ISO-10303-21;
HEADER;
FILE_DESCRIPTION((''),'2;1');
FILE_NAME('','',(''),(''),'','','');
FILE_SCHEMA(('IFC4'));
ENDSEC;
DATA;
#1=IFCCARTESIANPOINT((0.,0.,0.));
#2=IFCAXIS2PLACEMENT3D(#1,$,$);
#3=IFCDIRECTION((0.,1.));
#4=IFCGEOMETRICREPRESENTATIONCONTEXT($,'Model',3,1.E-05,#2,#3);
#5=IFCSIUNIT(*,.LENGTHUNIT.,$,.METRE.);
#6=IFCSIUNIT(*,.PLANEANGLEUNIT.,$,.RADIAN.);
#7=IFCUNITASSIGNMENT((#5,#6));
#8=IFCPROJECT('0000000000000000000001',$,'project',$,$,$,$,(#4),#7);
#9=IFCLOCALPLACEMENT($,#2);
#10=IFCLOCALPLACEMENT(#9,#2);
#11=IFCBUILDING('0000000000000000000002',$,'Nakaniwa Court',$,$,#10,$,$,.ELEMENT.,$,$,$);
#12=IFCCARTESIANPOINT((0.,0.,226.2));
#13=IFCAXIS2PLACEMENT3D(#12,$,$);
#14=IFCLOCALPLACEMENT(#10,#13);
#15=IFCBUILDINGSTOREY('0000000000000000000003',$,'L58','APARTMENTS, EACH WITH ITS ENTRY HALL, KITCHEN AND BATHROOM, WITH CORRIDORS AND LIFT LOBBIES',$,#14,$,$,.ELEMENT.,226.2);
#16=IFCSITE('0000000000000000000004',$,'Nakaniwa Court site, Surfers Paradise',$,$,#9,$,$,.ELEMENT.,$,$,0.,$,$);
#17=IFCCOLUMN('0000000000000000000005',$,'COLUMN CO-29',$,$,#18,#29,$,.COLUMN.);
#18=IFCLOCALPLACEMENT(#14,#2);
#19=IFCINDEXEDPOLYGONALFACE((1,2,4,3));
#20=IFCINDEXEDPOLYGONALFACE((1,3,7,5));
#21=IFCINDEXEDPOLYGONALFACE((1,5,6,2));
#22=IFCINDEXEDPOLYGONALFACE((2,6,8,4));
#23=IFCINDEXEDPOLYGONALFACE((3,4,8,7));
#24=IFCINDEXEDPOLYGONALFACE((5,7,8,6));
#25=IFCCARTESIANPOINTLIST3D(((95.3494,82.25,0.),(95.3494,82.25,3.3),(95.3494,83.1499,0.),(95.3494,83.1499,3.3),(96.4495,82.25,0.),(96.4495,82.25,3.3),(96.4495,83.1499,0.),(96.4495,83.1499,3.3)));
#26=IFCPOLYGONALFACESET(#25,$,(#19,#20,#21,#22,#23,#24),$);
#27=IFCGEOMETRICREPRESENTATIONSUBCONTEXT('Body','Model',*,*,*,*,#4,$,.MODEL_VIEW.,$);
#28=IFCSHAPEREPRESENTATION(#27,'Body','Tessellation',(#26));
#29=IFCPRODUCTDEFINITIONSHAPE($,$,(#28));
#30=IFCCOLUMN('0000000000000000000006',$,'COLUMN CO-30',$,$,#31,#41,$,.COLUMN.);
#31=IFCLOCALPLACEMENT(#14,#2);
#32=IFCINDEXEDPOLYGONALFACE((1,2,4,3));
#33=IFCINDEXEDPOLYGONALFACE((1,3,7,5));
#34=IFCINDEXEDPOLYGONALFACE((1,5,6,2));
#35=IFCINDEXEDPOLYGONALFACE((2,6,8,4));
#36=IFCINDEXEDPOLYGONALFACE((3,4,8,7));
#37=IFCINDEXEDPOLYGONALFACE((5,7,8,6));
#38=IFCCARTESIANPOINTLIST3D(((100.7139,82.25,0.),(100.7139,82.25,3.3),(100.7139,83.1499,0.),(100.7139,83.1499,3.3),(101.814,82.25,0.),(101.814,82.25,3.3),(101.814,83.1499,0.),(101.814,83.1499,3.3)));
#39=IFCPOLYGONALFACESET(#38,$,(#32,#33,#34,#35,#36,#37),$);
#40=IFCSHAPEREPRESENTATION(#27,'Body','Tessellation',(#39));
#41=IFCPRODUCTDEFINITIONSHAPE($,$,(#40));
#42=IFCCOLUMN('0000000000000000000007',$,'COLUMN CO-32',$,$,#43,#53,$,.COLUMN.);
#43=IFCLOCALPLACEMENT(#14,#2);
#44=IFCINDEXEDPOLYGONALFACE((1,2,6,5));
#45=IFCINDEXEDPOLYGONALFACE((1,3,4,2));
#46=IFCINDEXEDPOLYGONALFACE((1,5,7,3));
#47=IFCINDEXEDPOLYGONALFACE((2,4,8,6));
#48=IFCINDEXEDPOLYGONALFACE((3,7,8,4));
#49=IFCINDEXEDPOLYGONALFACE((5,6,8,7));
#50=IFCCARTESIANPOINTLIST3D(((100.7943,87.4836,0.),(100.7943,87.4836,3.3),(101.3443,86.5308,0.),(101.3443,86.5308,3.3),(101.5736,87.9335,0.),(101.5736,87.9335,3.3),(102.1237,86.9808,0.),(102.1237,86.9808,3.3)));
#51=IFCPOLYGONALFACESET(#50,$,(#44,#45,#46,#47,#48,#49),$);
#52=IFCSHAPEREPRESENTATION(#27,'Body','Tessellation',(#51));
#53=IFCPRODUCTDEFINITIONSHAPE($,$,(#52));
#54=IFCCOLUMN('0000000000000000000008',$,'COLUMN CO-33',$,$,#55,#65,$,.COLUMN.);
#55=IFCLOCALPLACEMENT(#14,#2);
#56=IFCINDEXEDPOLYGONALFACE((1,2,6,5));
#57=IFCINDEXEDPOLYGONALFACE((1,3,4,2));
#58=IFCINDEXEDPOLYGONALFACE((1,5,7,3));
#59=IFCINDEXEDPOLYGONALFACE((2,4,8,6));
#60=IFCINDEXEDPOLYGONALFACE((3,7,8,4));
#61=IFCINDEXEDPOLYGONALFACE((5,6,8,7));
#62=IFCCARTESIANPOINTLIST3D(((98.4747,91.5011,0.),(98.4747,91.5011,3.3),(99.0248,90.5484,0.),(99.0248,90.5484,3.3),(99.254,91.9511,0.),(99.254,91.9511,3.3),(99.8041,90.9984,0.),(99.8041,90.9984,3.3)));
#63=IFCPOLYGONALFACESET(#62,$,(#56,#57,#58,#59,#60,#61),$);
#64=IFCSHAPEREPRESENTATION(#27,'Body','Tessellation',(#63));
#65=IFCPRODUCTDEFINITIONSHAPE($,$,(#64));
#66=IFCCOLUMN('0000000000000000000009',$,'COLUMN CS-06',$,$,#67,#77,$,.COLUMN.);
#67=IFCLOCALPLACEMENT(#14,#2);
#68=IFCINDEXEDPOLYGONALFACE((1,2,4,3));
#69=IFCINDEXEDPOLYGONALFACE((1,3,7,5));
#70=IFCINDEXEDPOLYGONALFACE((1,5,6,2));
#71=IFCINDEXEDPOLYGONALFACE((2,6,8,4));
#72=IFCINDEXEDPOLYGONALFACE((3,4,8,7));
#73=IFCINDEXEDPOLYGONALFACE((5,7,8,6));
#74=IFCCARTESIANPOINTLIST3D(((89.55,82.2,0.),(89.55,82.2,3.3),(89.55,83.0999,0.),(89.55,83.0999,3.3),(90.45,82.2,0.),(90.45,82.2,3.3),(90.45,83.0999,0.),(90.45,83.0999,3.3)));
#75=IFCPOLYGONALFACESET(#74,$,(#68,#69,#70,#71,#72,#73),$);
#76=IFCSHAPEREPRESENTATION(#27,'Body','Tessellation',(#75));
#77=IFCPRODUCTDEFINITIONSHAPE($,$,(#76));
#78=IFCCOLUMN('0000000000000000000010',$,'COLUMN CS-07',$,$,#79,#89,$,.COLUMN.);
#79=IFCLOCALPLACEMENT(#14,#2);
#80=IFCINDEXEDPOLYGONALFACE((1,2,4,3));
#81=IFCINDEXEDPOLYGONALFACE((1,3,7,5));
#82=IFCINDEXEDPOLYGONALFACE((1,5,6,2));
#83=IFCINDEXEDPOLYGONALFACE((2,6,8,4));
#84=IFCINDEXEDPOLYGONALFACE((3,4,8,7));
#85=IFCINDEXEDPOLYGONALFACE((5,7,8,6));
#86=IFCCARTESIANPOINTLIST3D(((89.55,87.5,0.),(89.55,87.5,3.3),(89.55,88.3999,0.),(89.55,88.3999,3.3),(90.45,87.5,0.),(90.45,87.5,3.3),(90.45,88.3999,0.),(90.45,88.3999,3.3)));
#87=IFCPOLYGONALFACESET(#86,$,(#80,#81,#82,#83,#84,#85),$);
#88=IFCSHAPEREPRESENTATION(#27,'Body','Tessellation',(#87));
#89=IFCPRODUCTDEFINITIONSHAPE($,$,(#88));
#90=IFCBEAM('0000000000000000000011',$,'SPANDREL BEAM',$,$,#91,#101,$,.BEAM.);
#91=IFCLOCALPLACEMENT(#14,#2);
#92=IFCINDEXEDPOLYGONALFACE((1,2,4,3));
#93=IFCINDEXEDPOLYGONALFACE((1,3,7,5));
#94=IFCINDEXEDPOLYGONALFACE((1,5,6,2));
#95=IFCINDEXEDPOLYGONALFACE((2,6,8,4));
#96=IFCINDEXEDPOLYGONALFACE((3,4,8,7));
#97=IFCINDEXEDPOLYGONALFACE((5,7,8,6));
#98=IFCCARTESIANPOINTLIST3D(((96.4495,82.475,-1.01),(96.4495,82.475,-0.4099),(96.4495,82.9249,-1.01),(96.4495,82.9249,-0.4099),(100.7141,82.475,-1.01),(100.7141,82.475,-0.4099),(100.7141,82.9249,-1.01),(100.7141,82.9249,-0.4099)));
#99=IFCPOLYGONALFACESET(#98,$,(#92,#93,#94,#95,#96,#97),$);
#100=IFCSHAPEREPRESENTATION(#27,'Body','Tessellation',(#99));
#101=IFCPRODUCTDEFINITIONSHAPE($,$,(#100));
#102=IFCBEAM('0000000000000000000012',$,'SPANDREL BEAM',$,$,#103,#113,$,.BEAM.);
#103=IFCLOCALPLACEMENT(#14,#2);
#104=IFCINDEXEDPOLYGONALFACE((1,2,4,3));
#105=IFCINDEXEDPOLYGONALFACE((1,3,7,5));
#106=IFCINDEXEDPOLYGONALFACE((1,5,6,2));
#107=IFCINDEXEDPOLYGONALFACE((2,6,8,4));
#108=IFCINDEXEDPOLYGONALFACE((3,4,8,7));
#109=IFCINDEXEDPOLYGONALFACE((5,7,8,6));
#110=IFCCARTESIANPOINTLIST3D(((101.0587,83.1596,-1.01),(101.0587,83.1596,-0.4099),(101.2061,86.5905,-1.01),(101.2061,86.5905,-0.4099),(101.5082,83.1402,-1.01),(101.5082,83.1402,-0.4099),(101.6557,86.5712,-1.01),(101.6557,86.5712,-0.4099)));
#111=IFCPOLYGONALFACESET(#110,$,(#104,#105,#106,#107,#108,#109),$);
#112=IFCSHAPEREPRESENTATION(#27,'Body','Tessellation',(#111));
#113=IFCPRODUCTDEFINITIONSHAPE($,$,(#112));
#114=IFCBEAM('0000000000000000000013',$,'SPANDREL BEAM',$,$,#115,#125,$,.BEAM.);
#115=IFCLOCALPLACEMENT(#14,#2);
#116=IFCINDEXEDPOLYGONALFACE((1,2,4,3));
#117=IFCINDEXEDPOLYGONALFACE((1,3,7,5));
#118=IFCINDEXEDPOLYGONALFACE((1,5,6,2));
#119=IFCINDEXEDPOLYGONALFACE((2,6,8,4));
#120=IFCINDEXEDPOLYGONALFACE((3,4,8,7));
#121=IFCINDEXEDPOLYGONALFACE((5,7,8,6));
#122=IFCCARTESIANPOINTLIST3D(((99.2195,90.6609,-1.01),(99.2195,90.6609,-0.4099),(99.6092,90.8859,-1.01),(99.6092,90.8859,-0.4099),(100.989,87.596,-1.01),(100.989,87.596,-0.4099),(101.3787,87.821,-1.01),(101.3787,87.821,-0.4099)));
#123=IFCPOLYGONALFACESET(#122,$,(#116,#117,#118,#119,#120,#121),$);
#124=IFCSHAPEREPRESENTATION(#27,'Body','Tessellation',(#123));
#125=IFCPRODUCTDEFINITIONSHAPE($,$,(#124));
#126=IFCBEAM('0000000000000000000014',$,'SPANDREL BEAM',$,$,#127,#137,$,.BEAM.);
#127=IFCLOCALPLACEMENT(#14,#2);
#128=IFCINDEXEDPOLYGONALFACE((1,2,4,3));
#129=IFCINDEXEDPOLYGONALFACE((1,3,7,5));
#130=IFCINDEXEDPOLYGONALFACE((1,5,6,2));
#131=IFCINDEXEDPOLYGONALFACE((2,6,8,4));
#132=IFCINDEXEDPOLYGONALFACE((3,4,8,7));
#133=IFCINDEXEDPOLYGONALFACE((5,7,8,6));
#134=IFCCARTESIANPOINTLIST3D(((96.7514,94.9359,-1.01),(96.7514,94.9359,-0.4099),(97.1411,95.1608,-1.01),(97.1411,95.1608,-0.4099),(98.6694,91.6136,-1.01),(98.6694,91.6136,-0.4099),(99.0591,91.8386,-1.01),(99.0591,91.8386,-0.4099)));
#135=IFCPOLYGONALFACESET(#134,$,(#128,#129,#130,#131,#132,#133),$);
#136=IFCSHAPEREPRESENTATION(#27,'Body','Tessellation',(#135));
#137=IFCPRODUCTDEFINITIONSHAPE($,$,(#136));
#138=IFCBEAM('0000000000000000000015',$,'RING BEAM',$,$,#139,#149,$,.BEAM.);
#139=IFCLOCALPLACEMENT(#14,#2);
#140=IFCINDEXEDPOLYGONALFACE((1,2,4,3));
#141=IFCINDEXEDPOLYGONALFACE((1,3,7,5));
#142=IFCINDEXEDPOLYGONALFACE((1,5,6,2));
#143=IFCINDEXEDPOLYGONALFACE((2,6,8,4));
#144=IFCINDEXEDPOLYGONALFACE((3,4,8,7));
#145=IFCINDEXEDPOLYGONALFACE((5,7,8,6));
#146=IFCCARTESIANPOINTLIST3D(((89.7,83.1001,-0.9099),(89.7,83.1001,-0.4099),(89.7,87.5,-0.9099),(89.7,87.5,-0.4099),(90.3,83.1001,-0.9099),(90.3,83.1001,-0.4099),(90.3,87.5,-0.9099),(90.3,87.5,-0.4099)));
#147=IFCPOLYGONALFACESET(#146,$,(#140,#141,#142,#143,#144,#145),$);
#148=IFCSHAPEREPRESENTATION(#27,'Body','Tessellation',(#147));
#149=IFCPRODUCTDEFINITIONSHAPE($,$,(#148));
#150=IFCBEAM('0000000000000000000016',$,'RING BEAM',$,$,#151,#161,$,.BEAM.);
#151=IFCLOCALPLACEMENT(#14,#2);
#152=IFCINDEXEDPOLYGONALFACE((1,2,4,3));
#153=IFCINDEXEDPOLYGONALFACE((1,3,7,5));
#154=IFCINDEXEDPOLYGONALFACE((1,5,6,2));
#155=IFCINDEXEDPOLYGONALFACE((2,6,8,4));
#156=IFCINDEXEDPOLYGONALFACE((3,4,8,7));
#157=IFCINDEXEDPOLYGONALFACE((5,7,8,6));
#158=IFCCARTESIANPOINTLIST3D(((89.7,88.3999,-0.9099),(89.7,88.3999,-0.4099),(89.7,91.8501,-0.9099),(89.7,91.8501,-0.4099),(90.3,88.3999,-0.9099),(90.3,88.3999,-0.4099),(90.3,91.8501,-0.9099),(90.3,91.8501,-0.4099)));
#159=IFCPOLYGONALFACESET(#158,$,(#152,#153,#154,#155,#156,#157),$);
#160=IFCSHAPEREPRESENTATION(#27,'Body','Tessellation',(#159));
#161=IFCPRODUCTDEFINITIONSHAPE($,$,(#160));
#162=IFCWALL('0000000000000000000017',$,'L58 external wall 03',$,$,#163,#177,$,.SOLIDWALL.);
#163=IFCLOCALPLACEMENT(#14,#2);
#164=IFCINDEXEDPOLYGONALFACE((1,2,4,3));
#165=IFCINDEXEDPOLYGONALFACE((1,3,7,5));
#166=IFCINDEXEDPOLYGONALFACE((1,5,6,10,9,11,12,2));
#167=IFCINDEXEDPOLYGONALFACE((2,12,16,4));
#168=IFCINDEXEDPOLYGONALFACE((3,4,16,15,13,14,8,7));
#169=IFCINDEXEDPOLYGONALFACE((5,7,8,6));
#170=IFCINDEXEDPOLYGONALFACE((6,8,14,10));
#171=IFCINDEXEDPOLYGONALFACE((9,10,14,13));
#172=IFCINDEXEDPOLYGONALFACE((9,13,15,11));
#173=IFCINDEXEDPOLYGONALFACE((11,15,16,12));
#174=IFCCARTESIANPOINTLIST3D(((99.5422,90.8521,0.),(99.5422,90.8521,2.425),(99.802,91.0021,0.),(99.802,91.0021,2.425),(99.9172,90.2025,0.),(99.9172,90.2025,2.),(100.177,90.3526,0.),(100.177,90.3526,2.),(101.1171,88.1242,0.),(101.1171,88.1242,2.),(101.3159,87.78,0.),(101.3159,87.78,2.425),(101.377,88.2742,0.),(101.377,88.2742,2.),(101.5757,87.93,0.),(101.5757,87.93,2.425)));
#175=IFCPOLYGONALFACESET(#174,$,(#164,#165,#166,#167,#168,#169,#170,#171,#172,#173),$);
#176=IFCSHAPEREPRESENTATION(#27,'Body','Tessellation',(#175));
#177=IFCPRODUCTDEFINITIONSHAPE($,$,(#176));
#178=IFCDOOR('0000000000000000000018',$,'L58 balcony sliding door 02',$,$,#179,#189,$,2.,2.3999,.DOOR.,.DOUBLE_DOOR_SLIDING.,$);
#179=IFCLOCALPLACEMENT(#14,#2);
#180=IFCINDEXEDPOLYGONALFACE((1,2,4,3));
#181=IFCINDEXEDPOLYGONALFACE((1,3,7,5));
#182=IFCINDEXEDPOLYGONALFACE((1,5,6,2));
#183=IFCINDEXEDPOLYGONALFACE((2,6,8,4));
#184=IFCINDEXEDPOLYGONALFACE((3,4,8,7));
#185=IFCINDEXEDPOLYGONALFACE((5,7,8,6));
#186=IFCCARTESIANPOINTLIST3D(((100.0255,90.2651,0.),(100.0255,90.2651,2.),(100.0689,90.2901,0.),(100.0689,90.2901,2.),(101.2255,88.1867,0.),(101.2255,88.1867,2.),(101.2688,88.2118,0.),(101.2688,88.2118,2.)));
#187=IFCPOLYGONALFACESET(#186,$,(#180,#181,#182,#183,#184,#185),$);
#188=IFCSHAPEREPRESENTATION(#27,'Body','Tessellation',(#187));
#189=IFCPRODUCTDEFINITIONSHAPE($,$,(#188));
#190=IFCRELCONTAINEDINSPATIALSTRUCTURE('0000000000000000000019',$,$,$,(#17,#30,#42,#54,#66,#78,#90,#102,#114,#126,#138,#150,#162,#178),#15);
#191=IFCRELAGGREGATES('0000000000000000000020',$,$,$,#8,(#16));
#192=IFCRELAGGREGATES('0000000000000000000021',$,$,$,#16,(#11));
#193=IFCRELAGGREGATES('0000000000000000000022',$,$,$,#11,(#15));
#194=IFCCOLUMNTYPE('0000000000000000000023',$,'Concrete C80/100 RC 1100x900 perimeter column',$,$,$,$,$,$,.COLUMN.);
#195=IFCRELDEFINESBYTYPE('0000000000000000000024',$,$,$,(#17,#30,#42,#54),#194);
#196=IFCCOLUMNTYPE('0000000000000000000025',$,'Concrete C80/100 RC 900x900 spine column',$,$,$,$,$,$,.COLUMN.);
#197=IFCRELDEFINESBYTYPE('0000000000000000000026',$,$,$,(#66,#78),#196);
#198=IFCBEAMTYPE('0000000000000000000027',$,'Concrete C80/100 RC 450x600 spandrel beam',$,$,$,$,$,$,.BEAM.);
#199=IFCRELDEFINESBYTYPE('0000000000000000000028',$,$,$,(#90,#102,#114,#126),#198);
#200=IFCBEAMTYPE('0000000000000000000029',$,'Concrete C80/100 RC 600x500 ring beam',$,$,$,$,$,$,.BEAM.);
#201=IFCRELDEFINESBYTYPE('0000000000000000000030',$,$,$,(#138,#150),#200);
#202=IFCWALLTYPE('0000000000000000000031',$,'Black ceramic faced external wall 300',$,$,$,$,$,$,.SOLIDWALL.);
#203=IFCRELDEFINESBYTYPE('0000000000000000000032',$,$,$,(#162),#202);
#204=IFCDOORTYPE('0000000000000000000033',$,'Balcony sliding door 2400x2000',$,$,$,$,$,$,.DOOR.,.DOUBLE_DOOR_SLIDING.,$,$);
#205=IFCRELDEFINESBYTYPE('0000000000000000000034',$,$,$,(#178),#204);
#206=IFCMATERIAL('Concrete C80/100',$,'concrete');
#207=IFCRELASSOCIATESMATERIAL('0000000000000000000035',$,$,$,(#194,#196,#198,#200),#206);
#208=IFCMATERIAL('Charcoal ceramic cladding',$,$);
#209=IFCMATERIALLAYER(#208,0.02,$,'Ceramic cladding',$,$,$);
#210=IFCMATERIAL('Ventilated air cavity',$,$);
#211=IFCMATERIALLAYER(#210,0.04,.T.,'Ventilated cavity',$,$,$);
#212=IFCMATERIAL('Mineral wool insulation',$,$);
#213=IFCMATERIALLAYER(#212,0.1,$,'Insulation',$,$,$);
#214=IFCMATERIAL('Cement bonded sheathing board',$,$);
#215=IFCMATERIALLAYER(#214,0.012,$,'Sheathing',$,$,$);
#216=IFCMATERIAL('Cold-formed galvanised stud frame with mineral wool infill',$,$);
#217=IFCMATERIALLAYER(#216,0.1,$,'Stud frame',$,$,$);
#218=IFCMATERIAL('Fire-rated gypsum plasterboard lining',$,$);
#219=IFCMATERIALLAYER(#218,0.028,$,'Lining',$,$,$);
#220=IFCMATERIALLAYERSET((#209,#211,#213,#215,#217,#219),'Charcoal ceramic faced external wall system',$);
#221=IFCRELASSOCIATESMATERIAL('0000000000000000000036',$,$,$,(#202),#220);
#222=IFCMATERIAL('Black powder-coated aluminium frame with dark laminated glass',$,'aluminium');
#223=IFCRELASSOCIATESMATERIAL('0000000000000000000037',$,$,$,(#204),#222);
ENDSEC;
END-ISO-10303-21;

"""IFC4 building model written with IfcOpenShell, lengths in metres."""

from ifc_helpers import new_model, si_unit, direction, frame, frame_2d, origin, origin_2d, place, context, subcontext, project, spatial, rectangle, extrude, material, layer, layer_set, material_profile, profile_set, type_object, element, fill, save


model = new_model("IFC4")

# Units and contexts
model_context = context("Model", 3, precision=1e-05, world=origin(), true_north=direction((0.0, 1.0)))
body_context = subcontext(model_context, "Body", "Model", "MODEL_VIEW")
ifc_project = project(units=[si_unit("LENGTHUNIT", "METRE"), si_unit("PLANEANGLEUNIT", "RADIAN")], contexts=[model_context])

# Site, building, storey
site_placement = place(None, origin())
site = spatial("IfcSite", under=ifc_project, at=site_placement, Name="Nakaniwa Court site, Surfers Paradise", CompositionType="ELEMENT", RefElevation=0.0)
building_placement = place(site_placement, origin())
building = spatial("IfcBuilding", under=site, at=building_placement, Name="Nakaniwa Court", CompositionType="ELEMENT")
storey_placement = place(building_placement, frame((0.0, 0.0, 226.2)))
storey = spatial("IfcBuildingStorey", under=building, at=storey_placement, Name="L58", Description="APARTMENTS, EACH WITH ITS ENTRY HALL, KITCHEN AND BATHROOM, WITH CORRIDORS AND LIFT LOBBIES", CompositionType="ELEMENT", Elevation=226.2)

# Columns
ifc_material_1 = material(Name="Concrete C80/100", Category="concrete")
ifc_material_profile_1 = material_profile(ifc_material_1, rectangle(XDim=1.1001, YDim=0.8999, at=origin_2d()), Name="Concrete C80/100 RC 1100x900 perimeter column")
ifc_profile_set_1 = profile_set([ifc_material_profile_1], Name="Concrete C80/100")
column_type_1 = type_object("IfcColumnType", Name="Concrete C80/100 RC 1100x900 perimeter column", PredefinedType="COLUMN", material=ifc_profile_set_1)
for number, where, z_axis, x_axis, name in (
    (1, (95.8994, 82.7, 0.0), (0.0, 0.0, 1.0), (1.0, 0.0, 0.0), "COLUMN CO-29"),
    (2, (101.2639, 82.7, 0.0), (0.0, 0.0, 1.0), (1.0, 0.0, 0.0), "COLUMN CO-30"),
    (3, (101.459, 87.2322, 0.0), (0.0, 0.0, 1.0), (-0.5, 0.866025, 0.0), "COLUMN CO-32"),
    (4, (99.1394, 91.2498, 0.0), (0.0, 0.0, 1.0), (-0.5, 0.866025, 0.0), "COLUMN CO-33"),
):
    element("IfcColumn", number, at=place(storey_placement, frame(where, z_axis=z_axis, x_axis=x_axis)), inside=storey, type_object=column_type_1, Name=name, PredefinedType="COLUMN", context=body_context, shape_type="SweptSolid", body=[
        extrude(rectangle(XDim=1.1001, YDim=0.8999, at=origin_2d()), origin(), (0.0, 0.0, 1.0), 3.3),
    ])
ifc_material_profile_2 = material_profile(ifc_material_1, rectangle(XDim=0.8999, YDim=0.8999, at=origin_2d()), Name="Concrete C80/100 RC 900x900 spine column")
ifc_profile_set_2 = profile_set([ifc_material_profile_2], Name="Concrete C80/100")
column_type_2 = type_object("IfcColumnType", Name="Concrete C80/100 RC 900x900 spine column", PredefinedType="COLUMN", material=ifc_profile_set_2)
for number, where, z_axis, x_axis, name in (
    (5, (90.0, 82.6499, 0.0), (0.0, 0.0, 1.0), (0.0, 1.0, 0.0), "COLUMN CS-06"),
    (6, (90.0, 87.95, 0.0), (0.0, 0.0, 1.0), (0.0, 1.0, 0.0), "COLUMN CS-07"),
):
    element("IfcColumn", number, at=place(storey_placement, frame(where, z_axis=z_axis, x_axis=x_axis)), inside=storey, type_object=column_type_2, Name=name, PredefinedType="COLUMN", context=body_context, shape_type="SweptSolid", body=[
        extrude(rectangle(XDim=0.8999, YDim=0.8999, at=origin_2d()), origin(), (0.0, 0.0, 1.0), 3.3),
    ])

# Beams
ifc_material_profile_3 = material_profile(ifc_material_1, rectangle(XDim=0.45, YDim=0.6001, at=origin_2d()), Name="Concrete C80/100 RC 450x600 spandrel beam")
ifc_profile_set_3 = profile_set([ifc_material_profile_3], Name="Concrete C80/100")
beam_type_1 = type_object("IfcBeamType", Name="Concrete C80/100 RC 450x600 spandrel beam", PredefinedType="BEAM", material=ifc_profile_set_3)
beam_1_placement = place(storey_placement, frame((96.4495, 82.7, -0.71), z_axis=(1.0, 0.0, 0.0), x_axis=(0.0, 1.0, 0.0)))
element("IfcBeam", 7, at=beam_1_placement, inside=storey, type_object=beam_type_1, Name="SPANDREL BEAM", PredefinedType="BEAM", context=body_context, shape_type="SweptSolid", body=[
    extrude(rectangle(XDim=0.45, YDim=0.6001, at=origin_2d()), origin(), (0.0, 0.0, 1.0), 4.2646),
])
beam_2_placement = place(storey_placement, frame((101.2834, 83.1499, -0.71), z_axis=(0.042941, 0.999078, 0.0), x_axis=(-0.999078, 0.042941, 0.0)))
element("IfcBeam", 8, at=beam_2_placement, inside=storey, type_object=beam_type_1, Name="SPANDREL BEAM", PredefinedType="BEAM", context=body_context, shape_type="SweptSolid", body=[
    extrude(rectangle(XDim=0.45, YDim=0.6001, at=origin_2d()), origin(), (0.0, 0.0, 1.0), 3.4341),
])
beam_3_placement = place(storey_placement, frame((101.1838, 87.7085, -0.71), z_axis=(-0.499997, 0.866027, 0.0), x_axis=(-0.866027, -0.499997, 0.0)))
element("IfcBeam", 9, at=beam_3_placement, inside=storey, type_object=beam_type_1, Name="SPANDREL BEAM", PredefinedType="BEAM", context=body_context, shape_type="SweptSolid", body=[
    extrude(rectangle(XDim=0.45, YDim=0.6001, at=origin_2d()), origin(), (0.0, 0.0, 1.0), 3.5391),
])
beam_4_placement = place(storey_placement, frame((98.8643, 91.7261, -0.71), z_axis=(-0.499972, 0.866041, 0.0), x_axis=(-0.866041, -0.499972, 0.0)))
element("IfcBeam", 10, at=beam_4_placement, inside=storey, type_object=beam_type_1, Name="SPANDREL BEAM", PredefinedType="BEAM", context=body_context, shape_type="SweptSolid", body=[
    extrude(rectangle(XDim=0.45, YDim=0.6001, at=origin_2d()), origin(), (0.0, 0.0, 1.0), 3.8362),
])
ifc_material_profile_4 = material_profile(ifc_material_1, rectangle(XDim=0.6001, YDim=0.5, at=origin_2d()), Name="Concrete C80/100 RC 600x500 ring beam")
ifc_profile_set_4 = profile_set([ifc_material_profile_4], Name="Concrete C80/100")
beam_type_2 = type_object("IfcBeamType", Name="Concrete C80/100 RC 600x500 ring beam", PredefinedType="BEAM", material=ifc_profile_set_4)
beam_5_placement = place(storey_placement, frame((90.0, 83.1001, -0.6599), z_axis=(0.0, 1.0, 0.0), x_axis=(-1.0, 0.0, 0.0)))
element("IfcBeam", 11, at=beam_5_placement, inside=storey, type_object=beam_type_2, Name="RING BEAM", PredefinedType="BEAM", context=body_context, shape_type="SweptSolid", body=[
    extrude(rectangle(XDim=0.6001, YDim=0.5, at=origin_2d()), origin(), (0.0, 0.0, 1.0), 4.3999),
])
beam_6_placement = place(storey_placement, frame((90.0, 88.3999, -0.6599), z_axis=(0.0, 1.0, 0.0), x_axis=(-1.0, 0.0, 0.0)))
element("IfcBeam", 12, at=beam_6_placement, inside=storey, type_object=beam_type_2, Name="RING BEAM", PredefinedType="BEAM", context=body_context, shape_type="SweptSolid", body=[
    extrude(rectangle(XDim=0.6001, YDim=0.5, at=origin_2d()), origin(), (0.0, 0.0, 1.0), 3.4502),
])

# Wall, opening, door
ifc_material_2 = material(Name="Charcoal ceramic cladding")
ifc_layer_1 = layer(ifc_material_2, 0.02, Name="Ceramic cladding")
ifc_material_3 = material(Name="Ventilated air cavity")
ifc_layer_2 = layer(ifc_material_3, 0.04, ventilated=True, Name="Ventilated cavity")
ifc_material_4 = material(Name="Mineral wool insulation")
ifc_layer_3 = layer(ifc_material_4, 0.1, Name="Insulation")
ifc_material_5 = material(Name="Cement bonded sheathing board")
ifc_layer_4 = layer(ifc_material_5, 0.012, Name="Sheathing")
ifc_material_6 = material(Name="Cold-formed galvanised stud frame with mineral wool infill")
ifc_layer_5 = layer(ifc_material_6, 0.1, Name="Stud frame")
ifc_material_7 = material(Name="Fire-rated gypsum plasterboard lining")
ifc_layer_6 = layer(ifc_material_7, 0.028, Name="Lining")
ifc_layer_set_1 = layer_set([ifc_layer_1, ifc_layer_2, ifc_layer_3, ifc_layer_4, ifc_layer_5, ifc_layer_6], Name="Charcoal ceramic faced external wall system")
wall_type_1 = type_object("IfcWallType", Name="Black ceramic faced external wall 300", PredefinedType="SOLIDWALL", material=ifc_layer_set_1)
wall_1_placement = place(storey_placement, frame((101.4458, 87.855, 0.0), z_axis=(0.0, 0.0, 1.0), x_axis=(-0.50001, 0.866019, 0.0)))
wall_1 = element("IfcWall", 13, at=wall_1_placement, inside=storey, type_object=wall_type_1, Name="L58 external wall 03", PredefinedType="SOLIDWALL", context=body_context, shape_type="SweptSolid", body=[
    extrude(rectangle(XDim=3.5474, YDim=0.3, at=frame_2d((1.7737, 0.0))), origin(), (0.0, 0.0, 1.0), 2.425),
])
opening_1_placement = place(wall_1_placement, frame((0.3975, 0.0, 0.0)))
opening_1 = element("IfcOpeningElement", 14, at=opening_1_placement, cuts=wall_1, PredefinedType="OPENING", context=body_context, shape_type="SweptSolid", body=[
    extrude(rectangle(XDim=2.3999, YDim=2.0, at=frame_2d((1.2, 1.0))), frame((0.0, 0.1599, 0.0), z_axis=(0.0, -1.0, 0.0), x_axis=(1.0, 0.0, 0.0)), (0.0, 0.0, 1.0), 0.3201),
])
ifc_material_8 = material(Name="Black powder-coated aluminium frame with dark laminated glass", Category="aluminium")
door_type_1 = type_object("IfcDoorType", Name="Balcony sliding door 2400x2000", OperationType="DOUBLE_DOOR_SLIDING", PredefinedType="DOOR", material=ifc_material_8)
door_1_placement = place(opening_1_placement, origin())
door_1 = element("IfcDoor", 15, at=door_1_placement, inside=storey, type_object=door_type_1, Name="L58 balcony sliding door 02", OperationType="DOUBLE_DOOR_SLIDING", OverallHeight=2.0, OverallWidth=2.3999, PredefinedType="DOOR", context=body_context, shape_type="SweptSolid", body=[
    extrude(rectangle(XDim=2.3999, YDim=2.0, at=frame_2d((1.2, 1.0))), frame((0.0, 0.0249, 0.0), z_axis=(0.0, -1.0, 0.0), x_axis=(1.0, 0.0, 0.0)), (0.0, 0.0, 1.0), 0.05),
])
fill(opening_1, door_1)

save(model, "model.ifc")
